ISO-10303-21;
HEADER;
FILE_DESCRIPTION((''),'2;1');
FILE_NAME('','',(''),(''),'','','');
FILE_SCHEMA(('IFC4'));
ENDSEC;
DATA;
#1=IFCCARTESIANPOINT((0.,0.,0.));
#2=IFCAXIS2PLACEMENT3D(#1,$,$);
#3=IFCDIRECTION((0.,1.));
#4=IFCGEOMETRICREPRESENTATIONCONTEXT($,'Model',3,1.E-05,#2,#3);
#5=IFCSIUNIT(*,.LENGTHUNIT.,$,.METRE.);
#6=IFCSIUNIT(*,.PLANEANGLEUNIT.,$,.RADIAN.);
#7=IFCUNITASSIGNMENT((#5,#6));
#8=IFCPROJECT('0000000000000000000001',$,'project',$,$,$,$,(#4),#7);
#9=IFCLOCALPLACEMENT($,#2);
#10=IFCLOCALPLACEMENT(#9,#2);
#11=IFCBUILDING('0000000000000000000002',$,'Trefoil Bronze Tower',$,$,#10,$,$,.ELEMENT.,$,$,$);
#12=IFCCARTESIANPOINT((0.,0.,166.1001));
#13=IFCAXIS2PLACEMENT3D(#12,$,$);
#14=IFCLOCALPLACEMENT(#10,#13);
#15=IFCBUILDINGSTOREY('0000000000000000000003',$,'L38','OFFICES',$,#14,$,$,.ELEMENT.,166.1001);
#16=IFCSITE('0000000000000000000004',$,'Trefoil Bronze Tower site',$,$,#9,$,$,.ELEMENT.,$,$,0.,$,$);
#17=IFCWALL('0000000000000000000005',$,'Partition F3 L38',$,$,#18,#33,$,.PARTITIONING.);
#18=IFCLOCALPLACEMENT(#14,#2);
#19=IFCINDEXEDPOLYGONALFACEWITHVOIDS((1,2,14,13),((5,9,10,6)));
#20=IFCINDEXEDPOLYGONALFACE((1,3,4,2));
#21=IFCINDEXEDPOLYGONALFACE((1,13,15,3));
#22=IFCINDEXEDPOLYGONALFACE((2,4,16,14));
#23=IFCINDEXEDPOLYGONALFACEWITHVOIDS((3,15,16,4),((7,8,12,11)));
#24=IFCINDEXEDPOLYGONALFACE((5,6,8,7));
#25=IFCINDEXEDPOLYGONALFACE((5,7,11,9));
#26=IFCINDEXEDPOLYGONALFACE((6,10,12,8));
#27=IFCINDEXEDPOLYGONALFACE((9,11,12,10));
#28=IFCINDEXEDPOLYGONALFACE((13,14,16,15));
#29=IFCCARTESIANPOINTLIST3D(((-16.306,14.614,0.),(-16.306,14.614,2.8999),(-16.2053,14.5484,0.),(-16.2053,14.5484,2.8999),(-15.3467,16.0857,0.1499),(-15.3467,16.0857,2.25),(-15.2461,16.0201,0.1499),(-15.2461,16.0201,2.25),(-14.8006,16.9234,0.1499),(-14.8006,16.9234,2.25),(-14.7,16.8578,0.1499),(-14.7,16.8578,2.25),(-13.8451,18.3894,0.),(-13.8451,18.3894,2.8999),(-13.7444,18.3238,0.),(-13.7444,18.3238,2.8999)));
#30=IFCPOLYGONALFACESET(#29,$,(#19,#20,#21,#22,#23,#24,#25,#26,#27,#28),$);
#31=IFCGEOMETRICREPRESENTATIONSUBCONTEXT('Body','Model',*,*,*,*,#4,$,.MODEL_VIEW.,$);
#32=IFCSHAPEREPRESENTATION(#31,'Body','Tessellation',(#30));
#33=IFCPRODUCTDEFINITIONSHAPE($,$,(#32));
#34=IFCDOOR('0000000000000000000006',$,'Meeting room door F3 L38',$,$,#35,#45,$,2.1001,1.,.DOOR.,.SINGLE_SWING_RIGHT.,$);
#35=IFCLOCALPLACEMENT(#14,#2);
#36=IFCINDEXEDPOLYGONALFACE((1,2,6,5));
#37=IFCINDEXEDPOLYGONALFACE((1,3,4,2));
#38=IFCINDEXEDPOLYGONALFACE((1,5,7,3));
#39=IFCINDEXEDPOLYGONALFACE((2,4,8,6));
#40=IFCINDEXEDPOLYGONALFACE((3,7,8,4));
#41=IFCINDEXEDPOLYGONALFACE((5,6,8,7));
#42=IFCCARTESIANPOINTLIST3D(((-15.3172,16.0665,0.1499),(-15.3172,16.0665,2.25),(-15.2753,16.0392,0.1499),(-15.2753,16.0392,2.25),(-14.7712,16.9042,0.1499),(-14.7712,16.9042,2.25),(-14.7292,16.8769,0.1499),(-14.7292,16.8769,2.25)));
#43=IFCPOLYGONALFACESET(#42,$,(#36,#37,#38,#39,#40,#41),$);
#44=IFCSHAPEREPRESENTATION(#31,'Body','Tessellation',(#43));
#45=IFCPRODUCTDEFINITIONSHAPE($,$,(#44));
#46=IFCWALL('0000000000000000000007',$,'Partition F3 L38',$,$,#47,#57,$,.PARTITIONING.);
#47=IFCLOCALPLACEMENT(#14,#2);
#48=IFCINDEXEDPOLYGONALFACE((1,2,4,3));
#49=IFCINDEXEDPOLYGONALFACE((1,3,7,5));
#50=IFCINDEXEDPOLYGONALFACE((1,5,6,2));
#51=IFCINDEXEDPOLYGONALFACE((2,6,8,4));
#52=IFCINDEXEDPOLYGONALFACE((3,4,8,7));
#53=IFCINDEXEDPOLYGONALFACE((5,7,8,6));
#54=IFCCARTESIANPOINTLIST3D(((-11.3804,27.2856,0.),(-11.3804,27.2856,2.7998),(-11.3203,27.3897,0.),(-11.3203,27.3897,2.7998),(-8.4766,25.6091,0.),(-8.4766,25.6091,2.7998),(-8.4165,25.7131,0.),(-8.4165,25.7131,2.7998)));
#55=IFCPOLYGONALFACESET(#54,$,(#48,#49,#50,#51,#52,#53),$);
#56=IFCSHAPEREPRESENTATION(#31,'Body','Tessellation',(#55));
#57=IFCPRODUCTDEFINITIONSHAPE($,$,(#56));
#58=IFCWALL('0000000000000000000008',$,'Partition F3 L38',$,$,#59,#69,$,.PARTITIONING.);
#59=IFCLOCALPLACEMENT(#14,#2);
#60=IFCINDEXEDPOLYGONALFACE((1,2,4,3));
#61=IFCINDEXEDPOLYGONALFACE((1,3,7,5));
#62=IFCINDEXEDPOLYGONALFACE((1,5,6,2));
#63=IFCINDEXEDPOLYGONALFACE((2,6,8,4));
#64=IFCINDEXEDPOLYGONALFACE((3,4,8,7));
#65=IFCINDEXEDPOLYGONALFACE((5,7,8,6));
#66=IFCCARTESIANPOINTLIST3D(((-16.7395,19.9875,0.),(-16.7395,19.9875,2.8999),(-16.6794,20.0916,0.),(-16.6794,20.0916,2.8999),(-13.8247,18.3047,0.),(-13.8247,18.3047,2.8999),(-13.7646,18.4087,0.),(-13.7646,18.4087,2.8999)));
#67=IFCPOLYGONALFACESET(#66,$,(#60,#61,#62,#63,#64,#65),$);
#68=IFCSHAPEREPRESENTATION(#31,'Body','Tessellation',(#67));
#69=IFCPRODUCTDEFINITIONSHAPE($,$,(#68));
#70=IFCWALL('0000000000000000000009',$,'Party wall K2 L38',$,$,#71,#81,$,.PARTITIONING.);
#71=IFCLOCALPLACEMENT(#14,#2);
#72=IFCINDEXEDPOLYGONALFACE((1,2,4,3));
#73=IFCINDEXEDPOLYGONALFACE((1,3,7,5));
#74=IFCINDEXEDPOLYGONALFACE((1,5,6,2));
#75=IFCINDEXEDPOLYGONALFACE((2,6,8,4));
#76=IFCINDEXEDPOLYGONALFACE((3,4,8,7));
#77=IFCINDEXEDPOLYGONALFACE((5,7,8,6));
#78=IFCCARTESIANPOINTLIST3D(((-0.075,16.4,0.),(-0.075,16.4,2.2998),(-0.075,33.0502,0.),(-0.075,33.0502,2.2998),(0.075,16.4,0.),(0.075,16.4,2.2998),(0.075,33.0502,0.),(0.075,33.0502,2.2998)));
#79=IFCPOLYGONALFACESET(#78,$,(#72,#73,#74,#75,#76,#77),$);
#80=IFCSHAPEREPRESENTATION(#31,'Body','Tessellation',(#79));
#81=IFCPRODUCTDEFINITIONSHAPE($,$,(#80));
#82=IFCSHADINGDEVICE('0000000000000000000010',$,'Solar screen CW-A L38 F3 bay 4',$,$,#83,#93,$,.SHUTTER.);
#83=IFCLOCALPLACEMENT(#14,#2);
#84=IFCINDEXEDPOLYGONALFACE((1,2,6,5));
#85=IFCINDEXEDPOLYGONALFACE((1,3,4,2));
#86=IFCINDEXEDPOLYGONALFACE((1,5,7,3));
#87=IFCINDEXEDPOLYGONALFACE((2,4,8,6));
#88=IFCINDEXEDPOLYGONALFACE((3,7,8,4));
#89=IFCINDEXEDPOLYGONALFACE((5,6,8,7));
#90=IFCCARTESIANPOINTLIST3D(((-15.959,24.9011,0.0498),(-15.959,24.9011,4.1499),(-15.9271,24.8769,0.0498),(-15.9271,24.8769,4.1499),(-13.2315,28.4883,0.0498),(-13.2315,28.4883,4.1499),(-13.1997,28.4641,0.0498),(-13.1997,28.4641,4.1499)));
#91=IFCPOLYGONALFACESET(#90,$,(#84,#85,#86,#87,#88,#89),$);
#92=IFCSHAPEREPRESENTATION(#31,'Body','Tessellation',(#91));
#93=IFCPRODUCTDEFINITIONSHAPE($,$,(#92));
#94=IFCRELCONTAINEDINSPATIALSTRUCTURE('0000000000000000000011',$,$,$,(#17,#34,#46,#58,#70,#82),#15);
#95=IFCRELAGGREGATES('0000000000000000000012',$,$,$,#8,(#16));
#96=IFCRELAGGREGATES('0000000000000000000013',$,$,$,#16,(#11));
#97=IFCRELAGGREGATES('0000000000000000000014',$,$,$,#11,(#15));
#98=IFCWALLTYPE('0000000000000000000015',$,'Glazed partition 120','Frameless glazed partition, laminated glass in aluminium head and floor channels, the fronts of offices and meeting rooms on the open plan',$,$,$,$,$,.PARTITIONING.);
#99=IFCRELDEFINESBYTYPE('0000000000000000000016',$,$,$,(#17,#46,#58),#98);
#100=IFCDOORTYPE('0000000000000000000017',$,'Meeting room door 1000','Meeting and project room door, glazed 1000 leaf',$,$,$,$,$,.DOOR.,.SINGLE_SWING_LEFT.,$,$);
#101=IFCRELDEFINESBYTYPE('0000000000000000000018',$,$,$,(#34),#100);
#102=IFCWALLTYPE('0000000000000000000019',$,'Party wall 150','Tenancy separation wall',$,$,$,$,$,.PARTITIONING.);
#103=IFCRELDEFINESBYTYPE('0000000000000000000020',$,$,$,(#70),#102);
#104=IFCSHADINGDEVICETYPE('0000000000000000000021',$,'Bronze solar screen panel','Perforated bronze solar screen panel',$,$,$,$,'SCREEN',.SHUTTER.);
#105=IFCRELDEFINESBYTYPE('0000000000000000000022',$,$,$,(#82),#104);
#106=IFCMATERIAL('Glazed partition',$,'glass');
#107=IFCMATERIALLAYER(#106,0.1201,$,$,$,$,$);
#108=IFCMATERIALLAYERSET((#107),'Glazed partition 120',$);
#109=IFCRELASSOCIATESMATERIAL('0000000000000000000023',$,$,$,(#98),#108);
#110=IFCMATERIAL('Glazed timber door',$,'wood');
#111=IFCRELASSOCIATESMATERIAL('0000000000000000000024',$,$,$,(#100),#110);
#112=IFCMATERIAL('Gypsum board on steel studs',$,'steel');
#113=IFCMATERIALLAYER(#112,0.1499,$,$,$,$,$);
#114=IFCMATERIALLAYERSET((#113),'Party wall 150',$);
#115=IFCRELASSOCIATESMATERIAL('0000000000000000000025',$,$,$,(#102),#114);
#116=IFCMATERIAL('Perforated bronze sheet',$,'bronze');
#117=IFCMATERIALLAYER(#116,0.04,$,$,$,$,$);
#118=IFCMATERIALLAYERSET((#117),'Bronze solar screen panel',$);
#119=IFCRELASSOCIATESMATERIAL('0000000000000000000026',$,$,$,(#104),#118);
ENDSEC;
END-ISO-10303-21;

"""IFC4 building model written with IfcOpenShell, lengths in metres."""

from ifc_helpers import new_model, si_unit, direction, frame, frame_2d, origin, origin_2d, place, context, subcontext, project, spatial, rectangle, extrude, material, layer, layer_set, type_object, element, fill, save


model = new_model("IFC4")

# Units and contexts
model_context = context("Model", 3, precision=1e-05, world=origin(), true_north=direction((0.0, 1.0)))
body_context = subcontext(model_context, "Body", "Model", "MODEL_VIEW")
ifc_project = project(units=[si_unit("LENGTHUNIT", "METRE"), si_unit("PLANEANGLEUNIT", "RADIAN")], contexts=[model_context])

# Site, building, storey
site_placement = place(None, origin())
site = spatial("IfcSite", under=ifc_project, at=site_placement, Name="Trefoil Bronze Tower site", CompositionType="ELEMENT", RefElevation=0.0)
building_placement = place(site_placement, origin())
building = spatial("IfcBuilding", under=site, at=building_placement, Name="Trefoil Bronze Tower", CompositionType="ELEMENT")
storey_placement = place(building_placement, frame((0.0, 0.0, 166.1001)))
storey = spatial("IfcBuildingStorey", under=building, at=storey_placement, Name="L38", Description="OFFICES", CompositionType="ELEMENT", Elevation=166.1001)

# Shared definitions
ifc_material_1 = material(Name="Glazed partition", Category="glass")
ifc_layer_1 = layer(ifc_material_1, 0.1201)
ifc_layer_set_1 = layer_set([ifc_layer_1], Name="Glazed partition 120")
wall_type_1 = type_object("IfcWallType", Name="Glazed partition 120", Description="Frameless glazed partition, laminated glass in aluminium head and floor channels, the fronts of offices and meeting rooms on the open plan", PredefinedType="PARTITIONING", material=ifc_layer_set_1)

# Wall, opening, door
wall_1_placement = place(storey_placement, frame((-13.7947, 18.3567, 0.0), z_axis=(0.0, 0.0, 1.0), x_axis=(-0.546069, -0.83774, 0.0)))
wall_1 = element("IfcWall", 1, at=wall_1_placement, inside=storey, type_object=wall_type_1, Name="Partition F3 L38", PredefinedType="PARTITIONING", context=body_context, shape_type="SweptSolid", body=[
    extrude(rectangle(XDim=4.5066, YDim=0.1201, at=frame_2d((2.2534, 0.0))), origin(), (0.0, 0.0, 1.0), 2.8999),
])
opening_1_placement = place(wall_1_placement, frame((1.75, 0.0, 0.1499)))
opening_1 = element("IfcOpeningElement", 2, at=opening_1_placement, cuts=wall_1, PredefinedType="OPENING", context=body_context, shape_type="SweptSolid", body=[
    extrude(rectangle(XDim=1.0, YDim=2.1001, at=frame_2d((0.5, 1.05))), frame((0.0, 0.0701, 0.0), z_axis=(0.0, -1.0, 0.0), x_axis=(1.0, 0.0, 0.0)), (0.0, 0.0, 1.0), 0.1401),
])
ifc_material_2 = material(Name="Glazed timber door", Category="wood")
door_type_1 = type_object("IfcDoorType", Name="Meeting room door 1000", Description="Meeting and project room door, glazed 1000 leaf", OperationType="SINGLE_SWING_LEFT", PredefinedType="DOOR", material=ifc_material_2)
door_1_placement = place(opening_1_placement, frame((1.0, 0.0, 0.0), z_axis=(0.0, 0.0, 1.0), x_axis=(-1.0, 0.0, 0.0)))
door_1 = element("IfcDoor", 3, at=door_1_placement, inside=storey, type_object=door_type_1, Name="Meeting room door F3 L38", OperationType="SINGLE_SWING_RIGHT", OverallHeight=2.1001, OverallWidth=1.0, PredefinedType="DOOR", context=body_context, shape_type="SweptSolid", body=[
    extrude(rectangle(XDim=1.0, YDim=2.1001, at=frame_2d((0.5, 1.05))), frame((0.0, 0.0249, 0.0), z_axis=(0.0, -1.0, 0.0), x_axis=(1.0, 0.0, 0.0)), (0.0, 0.0, 1.0), 0.05),
])
fill(opening_1, door_1)

# Walls
wall_2_placement = place(storey_placement, frame((-8.4465, 25.6611, 0.0), z_axis=(0.0, 0.0, 1.0), x_axis=(-0.866026, 0.5, 0.0)))
element("IfcWall", 4, at=wall_2_placement, inside=storey, type_object=wall_type_1, Name="Partition F3 L38", PredefinedType="PARTITIONING", context=body_context, shape_type="SweptSolid", body=[
    extrude(rectangle(XDim=3.353, YDim=0.1201, at=frame_2d((1.6765, 0.0))), origin(), (0.0, 0.0, 1.0), 2.7998),
])
wall_3_placement = place(storey_placement, frame((-13.7947, 18.3567, 0.0), z_axis=(0.0, 0.0, 1.0), x_axis=(-0.866025, 0.500001, 0.0)))
element("IfcWall", 5, at=wall_3_placement, inside=storey, type_object=wall_type_1, Name="Partition F3 L38", PredefinedType="PARTITIONING", context=body_context, shape_type="SweptSolid", body=[
    extrude(rectangle(XDim=3.3657, YDim=0.1201, at=frame_2d((1.6829, 0.0))), origin(), (0.0, 0.0, 1.0), 2.8999),
])
ifc_material_3 = material(Name="Gypsum board on steel studs", Category="steel")
ifc_layer_2 = layer(ifc_material_3, 0.1499)
ifc_layer_set_2 = layer_set([ifc_layer_2], Name="Party wall 150")
wall_type_2 = type_object("IfcWallType", Name="Party wall 150", Description="Tenancy separation wall", PredefinedType="PARTITIONING", material=ifc_layer_set_2)
wall_4_placement = place(storey_placement, frame((0.0, 16.3999, 0.0), z_axis=(0.0, 0.0, 1.0), x_axis=(0.0, 1.0, 0.0)))
element("IfcWall", 6, at=wall_4_placement, inside=storey, type_object=wall_type_2, Name="Party wall K2 L38", PredefinedType="PARTITIONING", context=body_context, shape_type="SweptSolid", body=[
    extrude(rectangle(XDim=16.6501, YDim=0.1499, at=frame_2d((8.3252, 0.0))), origin(), (0.0, 0.0, 1.0), 2.2998),
])

# Shading device
ifc_material_4 = material(Name="Perforated bronze sheet", Category="bronze")
ifc_layer_3 = layer(ifc_material_4, 0.04)
ifc_layer_set_3 = layer_set([ifc_layer_3], Name="Bronze solar screen panel")
shading_device_type = type_object("IfcShadingDeviceType", Name="Bronze solar screen panel", Description="Perforated bronze solar screen panel", ElementType="SCREEN", PredefinedType="SHUTTER", material=ifc_layer_set_3)
shading_device_placement = place(storey_placement, frame((-14.5793, 26.6826, 0.0498), z_axis=(0.0, 0.0, 1.0), x_axis=(-0.605252, -0.796034, 0.0)))
element("IfcShadingDevice", 7, at=shading_device_placement, inside=storey, type_object=shading_device_type, Name="Solar screen CW-A L38 F3 bay 4", PredefinedType="SHUTTER", context=body_context, shape_type="SweptSolid", body=[
    extrude(rectangle(XDim=4.5063, YDim=0.04, at=origin_2d()), origin(), (0.0, 0.0, 1.0), 4.1001),
])

save(model, "model.ifc")
